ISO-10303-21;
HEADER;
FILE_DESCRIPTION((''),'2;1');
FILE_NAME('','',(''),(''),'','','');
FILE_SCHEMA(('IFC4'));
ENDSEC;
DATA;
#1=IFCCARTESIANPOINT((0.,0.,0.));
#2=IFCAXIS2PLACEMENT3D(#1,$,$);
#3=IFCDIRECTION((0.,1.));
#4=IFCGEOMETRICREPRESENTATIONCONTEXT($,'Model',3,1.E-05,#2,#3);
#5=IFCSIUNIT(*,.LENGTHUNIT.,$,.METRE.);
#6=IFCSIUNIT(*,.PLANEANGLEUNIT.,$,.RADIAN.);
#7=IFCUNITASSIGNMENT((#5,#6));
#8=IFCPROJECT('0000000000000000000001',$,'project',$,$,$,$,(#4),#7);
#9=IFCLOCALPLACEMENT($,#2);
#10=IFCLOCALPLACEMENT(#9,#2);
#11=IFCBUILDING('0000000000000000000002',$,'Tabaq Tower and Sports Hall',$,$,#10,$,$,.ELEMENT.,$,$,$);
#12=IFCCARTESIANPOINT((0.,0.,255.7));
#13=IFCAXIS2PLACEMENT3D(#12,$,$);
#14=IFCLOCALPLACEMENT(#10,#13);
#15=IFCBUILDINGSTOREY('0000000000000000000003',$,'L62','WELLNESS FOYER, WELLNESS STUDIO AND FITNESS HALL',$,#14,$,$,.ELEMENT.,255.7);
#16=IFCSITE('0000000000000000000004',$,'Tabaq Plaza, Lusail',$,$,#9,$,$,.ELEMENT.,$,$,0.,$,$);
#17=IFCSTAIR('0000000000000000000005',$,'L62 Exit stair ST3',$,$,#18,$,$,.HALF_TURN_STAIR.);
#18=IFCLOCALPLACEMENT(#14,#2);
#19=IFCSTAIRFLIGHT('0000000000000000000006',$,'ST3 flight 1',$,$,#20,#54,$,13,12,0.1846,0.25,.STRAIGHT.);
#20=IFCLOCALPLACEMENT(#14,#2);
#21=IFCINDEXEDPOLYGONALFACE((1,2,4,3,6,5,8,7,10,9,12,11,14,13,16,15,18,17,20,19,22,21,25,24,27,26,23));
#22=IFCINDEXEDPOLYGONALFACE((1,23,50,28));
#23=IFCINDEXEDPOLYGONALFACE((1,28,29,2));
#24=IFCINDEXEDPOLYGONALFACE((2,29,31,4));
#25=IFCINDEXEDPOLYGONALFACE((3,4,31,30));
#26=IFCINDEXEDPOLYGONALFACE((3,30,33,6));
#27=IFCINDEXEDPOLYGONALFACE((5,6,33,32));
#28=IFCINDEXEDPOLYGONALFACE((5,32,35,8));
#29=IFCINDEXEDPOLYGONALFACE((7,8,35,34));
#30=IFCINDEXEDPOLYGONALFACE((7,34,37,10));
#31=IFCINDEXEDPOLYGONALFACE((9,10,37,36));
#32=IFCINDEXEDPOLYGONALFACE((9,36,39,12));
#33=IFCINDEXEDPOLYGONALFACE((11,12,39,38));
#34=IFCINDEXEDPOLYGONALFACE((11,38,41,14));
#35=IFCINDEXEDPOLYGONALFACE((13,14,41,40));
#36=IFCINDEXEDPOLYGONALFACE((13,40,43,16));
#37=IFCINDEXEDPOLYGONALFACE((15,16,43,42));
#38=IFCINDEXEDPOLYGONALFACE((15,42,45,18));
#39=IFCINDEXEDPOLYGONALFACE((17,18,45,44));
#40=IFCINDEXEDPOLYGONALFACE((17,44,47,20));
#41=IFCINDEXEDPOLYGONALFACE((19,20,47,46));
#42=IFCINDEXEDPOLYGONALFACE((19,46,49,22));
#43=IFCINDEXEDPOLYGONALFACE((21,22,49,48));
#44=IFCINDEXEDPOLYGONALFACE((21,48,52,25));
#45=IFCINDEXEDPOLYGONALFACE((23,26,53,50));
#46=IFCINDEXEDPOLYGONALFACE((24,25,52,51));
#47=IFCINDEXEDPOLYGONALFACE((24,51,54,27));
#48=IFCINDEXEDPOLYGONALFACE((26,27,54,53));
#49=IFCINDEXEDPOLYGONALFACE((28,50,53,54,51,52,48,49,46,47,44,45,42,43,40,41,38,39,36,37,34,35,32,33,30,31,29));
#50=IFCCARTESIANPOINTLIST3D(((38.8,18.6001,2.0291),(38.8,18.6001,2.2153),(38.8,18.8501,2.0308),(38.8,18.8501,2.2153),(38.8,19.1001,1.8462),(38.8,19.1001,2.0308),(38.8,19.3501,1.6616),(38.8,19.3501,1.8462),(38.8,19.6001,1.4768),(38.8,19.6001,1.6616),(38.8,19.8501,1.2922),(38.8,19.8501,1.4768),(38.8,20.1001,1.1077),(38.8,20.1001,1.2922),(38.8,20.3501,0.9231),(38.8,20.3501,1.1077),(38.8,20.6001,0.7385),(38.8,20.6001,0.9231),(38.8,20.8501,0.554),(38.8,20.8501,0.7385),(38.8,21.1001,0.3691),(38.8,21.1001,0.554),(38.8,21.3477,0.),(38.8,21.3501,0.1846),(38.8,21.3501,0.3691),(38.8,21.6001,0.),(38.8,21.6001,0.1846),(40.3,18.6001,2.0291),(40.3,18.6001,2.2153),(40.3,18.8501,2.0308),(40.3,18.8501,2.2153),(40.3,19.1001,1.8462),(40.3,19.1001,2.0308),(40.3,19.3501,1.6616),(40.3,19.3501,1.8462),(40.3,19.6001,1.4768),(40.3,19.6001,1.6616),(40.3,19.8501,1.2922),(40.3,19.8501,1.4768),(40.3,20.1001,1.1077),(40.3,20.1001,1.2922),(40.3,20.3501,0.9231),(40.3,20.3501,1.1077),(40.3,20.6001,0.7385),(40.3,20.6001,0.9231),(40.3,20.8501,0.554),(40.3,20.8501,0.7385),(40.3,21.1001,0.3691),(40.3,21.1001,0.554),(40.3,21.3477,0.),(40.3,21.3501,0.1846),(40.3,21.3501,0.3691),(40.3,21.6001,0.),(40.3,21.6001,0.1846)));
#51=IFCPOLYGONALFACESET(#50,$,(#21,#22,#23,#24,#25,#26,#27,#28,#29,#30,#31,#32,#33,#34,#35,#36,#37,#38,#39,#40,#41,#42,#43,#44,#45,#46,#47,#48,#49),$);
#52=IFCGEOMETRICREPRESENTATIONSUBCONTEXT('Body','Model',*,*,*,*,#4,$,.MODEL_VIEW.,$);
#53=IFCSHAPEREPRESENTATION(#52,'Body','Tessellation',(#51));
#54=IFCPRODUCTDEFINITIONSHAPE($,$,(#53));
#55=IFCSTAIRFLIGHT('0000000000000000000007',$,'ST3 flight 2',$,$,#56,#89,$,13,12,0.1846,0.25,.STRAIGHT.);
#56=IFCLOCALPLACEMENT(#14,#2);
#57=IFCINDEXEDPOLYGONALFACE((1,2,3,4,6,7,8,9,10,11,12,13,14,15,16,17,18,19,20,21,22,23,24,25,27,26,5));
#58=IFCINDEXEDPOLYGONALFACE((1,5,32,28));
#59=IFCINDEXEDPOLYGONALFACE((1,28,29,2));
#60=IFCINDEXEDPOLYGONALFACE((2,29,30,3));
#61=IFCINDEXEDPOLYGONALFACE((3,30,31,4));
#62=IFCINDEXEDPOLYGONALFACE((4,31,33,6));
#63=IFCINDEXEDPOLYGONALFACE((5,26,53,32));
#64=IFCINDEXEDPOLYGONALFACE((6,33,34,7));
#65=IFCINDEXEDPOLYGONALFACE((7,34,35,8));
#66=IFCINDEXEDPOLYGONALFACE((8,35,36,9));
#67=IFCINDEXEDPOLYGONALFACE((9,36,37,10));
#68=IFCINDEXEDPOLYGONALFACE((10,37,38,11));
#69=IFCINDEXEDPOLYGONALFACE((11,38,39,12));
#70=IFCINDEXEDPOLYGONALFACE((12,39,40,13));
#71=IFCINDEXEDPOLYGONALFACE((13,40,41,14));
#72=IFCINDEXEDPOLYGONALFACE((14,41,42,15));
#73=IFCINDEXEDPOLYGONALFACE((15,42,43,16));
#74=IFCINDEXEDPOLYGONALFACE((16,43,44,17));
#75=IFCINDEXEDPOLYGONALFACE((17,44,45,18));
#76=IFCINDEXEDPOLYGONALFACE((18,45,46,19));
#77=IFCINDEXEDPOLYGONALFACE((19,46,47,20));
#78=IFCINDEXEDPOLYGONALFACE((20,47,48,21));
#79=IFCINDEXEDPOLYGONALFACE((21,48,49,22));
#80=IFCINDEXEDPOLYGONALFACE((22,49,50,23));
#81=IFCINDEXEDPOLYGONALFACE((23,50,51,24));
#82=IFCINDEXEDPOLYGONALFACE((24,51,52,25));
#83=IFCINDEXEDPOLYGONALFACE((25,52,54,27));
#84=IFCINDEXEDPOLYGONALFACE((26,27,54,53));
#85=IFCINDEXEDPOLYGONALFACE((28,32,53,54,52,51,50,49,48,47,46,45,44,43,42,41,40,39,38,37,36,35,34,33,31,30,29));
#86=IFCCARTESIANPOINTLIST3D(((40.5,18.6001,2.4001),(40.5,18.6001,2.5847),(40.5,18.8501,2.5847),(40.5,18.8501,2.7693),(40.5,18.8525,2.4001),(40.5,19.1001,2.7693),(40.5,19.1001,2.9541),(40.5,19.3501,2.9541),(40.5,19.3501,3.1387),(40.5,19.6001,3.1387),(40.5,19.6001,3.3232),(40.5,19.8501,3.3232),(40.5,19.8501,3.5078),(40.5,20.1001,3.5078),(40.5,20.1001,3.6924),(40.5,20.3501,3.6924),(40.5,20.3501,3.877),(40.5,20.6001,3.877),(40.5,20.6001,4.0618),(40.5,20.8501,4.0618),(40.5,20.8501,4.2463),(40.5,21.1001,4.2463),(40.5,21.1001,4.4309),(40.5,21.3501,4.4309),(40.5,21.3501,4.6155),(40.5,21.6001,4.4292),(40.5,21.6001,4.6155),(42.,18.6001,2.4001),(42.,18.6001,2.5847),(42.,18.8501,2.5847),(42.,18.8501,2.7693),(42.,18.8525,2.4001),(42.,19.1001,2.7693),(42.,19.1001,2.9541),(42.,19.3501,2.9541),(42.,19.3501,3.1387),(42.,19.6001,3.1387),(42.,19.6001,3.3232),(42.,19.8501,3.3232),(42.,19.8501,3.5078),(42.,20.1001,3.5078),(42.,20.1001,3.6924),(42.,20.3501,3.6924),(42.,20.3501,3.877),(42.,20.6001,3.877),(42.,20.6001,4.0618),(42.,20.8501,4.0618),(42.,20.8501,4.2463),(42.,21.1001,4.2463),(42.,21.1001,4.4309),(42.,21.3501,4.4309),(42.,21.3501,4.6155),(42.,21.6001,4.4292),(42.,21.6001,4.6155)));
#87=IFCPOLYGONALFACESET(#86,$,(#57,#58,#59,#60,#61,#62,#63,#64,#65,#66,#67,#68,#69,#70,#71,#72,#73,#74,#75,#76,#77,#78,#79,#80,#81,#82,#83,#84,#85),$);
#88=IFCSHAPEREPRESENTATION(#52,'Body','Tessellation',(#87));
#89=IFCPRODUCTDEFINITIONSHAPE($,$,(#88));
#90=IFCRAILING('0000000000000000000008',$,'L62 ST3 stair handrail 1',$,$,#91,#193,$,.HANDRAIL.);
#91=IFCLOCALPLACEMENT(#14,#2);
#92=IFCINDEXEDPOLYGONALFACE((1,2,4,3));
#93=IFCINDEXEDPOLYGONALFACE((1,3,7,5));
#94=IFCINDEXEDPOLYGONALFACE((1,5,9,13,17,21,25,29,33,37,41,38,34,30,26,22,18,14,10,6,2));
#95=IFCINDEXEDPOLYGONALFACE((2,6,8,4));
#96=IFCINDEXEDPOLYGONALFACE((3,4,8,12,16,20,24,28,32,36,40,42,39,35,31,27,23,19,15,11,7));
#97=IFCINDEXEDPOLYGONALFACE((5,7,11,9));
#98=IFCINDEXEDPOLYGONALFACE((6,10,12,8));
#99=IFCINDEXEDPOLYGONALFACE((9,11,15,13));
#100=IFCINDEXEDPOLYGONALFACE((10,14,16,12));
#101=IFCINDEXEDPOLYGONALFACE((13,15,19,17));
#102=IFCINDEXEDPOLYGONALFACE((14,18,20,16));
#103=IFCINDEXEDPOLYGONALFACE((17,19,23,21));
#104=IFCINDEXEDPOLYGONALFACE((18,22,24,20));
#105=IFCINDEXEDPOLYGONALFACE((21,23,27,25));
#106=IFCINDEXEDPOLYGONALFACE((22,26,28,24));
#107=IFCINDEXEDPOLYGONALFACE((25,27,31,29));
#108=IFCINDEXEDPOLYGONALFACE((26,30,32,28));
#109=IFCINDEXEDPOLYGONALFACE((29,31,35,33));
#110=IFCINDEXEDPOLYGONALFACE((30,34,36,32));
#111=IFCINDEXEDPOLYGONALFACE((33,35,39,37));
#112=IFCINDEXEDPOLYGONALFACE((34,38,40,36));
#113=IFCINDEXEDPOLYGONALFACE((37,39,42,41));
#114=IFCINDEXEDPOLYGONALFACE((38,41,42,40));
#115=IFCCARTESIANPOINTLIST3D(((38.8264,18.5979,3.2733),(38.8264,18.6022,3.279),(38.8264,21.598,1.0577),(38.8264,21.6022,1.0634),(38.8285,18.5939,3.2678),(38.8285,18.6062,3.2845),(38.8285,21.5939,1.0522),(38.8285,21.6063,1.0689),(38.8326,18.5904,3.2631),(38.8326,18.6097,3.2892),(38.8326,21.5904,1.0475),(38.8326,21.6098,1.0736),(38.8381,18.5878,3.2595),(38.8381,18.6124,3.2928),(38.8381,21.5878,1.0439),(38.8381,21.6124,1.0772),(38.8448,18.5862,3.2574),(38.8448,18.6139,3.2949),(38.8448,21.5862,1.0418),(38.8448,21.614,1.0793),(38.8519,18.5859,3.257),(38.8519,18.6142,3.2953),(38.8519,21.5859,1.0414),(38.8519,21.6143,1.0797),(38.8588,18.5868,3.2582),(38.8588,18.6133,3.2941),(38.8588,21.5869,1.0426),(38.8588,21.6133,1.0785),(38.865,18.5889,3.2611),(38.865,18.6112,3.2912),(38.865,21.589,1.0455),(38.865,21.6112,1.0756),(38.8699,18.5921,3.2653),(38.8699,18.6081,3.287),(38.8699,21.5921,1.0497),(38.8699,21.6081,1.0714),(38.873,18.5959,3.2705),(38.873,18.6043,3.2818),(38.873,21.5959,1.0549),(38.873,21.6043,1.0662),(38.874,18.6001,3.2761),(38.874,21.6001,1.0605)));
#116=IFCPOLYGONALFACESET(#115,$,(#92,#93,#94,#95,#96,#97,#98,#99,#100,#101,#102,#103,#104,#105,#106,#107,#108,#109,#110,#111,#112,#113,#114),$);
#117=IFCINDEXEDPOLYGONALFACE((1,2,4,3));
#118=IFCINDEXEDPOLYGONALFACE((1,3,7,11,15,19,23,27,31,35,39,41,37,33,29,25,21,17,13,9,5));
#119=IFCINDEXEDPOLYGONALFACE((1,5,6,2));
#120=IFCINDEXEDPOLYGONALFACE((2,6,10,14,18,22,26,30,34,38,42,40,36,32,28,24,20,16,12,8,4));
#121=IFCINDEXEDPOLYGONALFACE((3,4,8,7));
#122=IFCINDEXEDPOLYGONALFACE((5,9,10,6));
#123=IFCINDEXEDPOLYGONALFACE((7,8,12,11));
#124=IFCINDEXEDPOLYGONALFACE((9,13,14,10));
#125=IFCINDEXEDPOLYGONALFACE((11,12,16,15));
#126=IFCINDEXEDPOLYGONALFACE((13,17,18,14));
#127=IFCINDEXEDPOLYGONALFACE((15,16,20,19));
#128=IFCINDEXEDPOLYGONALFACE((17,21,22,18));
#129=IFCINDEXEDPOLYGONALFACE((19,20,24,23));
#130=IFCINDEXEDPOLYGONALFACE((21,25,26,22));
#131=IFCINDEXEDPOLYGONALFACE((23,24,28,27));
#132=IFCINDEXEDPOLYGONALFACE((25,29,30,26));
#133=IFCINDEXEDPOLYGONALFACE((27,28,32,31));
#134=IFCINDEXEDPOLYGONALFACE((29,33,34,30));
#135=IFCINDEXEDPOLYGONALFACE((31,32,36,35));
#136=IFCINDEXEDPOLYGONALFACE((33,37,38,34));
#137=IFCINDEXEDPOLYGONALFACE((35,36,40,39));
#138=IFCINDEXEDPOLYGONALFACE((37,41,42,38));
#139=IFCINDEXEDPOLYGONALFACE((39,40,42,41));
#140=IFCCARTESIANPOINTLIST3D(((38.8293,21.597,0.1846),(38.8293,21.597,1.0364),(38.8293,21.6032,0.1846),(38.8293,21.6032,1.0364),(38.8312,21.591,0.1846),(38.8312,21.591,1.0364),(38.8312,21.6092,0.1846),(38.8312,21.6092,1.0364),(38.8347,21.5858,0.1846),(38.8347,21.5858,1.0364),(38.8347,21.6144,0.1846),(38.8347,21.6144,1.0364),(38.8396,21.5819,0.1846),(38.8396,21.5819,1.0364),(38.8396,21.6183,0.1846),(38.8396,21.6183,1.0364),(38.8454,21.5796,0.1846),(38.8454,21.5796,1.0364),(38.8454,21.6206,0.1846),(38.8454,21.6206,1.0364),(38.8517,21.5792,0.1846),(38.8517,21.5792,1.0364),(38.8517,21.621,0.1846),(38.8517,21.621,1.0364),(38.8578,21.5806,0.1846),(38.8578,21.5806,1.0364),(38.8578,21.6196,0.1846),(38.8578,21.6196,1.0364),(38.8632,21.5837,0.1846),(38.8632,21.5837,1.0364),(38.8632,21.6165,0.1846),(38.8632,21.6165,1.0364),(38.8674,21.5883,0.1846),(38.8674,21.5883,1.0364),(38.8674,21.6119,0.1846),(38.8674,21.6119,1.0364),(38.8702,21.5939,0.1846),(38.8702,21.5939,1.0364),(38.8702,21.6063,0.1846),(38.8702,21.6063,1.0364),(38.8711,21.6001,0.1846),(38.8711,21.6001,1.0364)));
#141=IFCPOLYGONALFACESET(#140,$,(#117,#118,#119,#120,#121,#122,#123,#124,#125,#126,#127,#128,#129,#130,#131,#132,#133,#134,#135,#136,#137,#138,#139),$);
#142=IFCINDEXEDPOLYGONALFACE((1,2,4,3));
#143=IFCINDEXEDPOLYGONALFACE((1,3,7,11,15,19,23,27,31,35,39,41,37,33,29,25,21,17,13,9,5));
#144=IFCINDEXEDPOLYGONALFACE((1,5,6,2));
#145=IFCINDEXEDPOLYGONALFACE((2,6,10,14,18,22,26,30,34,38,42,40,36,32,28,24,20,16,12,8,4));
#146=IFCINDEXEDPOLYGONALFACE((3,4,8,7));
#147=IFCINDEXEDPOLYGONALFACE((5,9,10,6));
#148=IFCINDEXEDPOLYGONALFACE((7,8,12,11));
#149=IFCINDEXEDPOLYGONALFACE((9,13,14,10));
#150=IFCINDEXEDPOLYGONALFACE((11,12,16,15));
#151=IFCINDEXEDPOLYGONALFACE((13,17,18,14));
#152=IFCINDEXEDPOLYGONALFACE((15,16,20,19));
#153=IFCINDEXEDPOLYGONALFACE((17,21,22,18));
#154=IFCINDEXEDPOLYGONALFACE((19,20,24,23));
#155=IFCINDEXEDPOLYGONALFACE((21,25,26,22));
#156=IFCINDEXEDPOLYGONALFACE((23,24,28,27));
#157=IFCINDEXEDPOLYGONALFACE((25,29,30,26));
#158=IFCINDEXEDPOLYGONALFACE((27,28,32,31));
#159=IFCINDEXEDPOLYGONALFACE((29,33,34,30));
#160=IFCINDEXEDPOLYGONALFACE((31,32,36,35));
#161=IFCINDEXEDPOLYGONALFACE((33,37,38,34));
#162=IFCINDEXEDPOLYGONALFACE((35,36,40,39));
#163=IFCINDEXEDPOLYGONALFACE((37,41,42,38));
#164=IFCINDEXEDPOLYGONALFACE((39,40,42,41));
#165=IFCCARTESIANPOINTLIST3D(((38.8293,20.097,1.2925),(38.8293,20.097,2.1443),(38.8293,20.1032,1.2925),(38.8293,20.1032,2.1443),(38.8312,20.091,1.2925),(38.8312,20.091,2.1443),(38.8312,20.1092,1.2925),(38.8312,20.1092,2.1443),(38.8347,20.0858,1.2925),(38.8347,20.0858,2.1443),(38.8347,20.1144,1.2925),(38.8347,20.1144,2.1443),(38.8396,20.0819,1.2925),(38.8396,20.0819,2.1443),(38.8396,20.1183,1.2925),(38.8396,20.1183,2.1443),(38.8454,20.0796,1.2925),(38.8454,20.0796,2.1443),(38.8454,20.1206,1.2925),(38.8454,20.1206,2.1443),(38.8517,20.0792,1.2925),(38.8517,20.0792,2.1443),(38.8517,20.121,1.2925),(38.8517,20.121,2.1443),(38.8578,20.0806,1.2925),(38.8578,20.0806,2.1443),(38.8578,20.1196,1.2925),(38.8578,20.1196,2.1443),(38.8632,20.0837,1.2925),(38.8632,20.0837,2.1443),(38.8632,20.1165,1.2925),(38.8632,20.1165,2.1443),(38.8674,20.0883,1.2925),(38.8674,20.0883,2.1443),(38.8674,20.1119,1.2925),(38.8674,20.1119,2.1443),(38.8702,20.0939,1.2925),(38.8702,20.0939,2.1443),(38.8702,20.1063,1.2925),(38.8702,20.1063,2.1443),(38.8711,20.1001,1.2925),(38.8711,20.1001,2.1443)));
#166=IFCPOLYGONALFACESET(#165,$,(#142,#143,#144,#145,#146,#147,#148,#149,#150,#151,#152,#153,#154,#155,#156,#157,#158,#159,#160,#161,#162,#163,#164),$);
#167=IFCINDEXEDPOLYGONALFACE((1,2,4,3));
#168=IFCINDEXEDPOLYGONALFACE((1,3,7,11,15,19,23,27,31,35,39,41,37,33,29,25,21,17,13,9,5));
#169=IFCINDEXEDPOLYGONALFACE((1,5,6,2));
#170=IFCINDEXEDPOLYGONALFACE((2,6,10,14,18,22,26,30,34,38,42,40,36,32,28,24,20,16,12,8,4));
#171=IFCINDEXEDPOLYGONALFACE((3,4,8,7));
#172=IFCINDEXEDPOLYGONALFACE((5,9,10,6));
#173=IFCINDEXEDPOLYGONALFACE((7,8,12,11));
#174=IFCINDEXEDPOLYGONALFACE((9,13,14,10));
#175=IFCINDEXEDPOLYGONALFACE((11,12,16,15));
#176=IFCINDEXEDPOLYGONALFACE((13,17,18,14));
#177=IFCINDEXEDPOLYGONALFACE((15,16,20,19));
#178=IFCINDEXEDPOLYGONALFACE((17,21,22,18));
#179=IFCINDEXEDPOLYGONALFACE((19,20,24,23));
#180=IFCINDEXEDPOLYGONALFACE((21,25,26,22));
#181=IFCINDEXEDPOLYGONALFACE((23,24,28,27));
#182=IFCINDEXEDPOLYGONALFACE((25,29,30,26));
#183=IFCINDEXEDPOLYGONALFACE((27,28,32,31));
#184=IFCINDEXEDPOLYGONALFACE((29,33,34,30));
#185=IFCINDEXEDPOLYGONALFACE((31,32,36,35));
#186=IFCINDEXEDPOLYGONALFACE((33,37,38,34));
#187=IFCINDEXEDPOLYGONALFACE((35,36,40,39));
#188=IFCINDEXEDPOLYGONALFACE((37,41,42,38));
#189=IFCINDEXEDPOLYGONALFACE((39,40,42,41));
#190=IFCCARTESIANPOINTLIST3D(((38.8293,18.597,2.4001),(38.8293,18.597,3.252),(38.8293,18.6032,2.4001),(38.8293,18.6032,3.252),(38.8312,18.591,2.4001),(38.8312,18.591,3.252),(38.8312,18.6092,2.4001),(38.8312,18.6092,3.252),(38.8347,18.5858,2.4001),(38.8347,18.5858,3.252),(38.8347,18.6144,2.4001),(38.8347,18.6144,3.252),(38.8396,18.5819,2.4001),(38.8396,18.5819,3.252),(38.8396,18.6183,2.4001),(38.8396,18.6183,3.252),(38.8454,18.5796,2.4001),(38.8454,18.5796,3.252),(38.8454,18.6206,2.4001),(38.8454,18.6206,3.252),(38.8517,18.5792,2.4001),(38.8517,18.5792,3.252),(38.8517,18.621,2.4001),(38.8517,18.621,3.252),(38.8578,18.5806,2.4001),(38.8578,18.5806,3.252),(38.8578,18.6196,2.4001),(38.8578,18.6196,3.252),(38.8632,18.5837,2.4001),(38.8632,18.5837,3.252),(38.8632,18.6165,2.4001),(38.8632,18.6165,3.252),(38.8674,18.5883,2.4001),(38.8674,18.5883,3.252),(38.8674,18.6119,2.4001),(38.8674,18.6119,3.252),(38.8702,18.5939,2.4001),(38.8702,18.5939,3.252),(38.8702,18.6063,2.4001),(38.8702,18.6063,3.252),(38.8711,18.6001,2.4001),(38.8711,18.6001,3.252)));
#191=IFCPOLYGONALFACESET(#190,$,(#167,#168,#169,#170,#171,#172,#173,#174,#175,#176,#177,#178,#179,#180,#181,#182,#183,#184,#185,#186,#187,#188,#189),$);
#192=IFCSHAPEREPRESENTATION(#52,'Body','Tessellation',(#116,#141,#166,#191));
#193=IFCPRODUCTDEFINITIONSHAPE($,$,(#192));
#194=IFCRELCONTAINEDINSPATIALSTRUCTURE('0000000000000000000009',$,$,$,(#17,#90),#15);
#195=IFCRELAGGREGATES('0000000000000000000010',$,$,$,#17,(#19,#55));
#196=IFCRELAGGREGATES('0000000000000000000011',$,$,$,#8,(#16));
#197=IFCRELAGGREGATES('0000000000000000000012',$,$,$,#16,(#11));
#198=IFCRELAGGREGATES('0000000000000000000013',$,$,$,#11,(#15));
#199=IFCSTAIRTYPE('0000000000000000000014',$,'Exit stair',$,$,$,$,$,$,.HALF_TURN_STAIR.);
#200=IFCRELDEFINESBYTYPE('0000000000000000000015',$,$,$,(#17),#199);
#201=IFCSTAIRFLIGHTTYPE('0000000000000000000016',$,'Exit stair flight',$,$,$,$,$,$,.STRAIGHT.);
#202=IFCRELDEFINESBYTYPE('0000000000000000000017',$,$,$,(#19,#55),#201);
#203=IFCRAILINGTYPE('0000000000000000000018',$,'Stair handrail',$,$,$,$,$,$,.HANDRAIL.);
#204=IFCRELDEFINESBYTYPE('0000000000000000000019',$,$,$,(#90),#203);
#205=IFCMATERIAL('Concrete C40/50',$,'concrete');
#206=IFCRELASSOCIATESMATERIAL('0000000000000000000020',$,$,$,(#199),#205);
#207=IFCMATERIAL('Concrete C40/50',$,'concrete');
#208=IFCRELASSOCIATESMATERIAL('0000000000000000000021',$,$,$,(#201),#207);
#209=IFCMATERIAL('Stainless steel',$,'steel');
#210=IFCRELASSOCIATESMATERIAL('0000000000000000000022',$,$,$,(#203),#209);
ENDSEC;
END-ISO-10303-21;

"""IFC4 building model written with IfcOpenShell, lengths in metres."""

from ifc_helpers import new_model, si_unit, direction, frame, origin, origin_2d, place, context, subcontext, project, spatial, polyline, circle, outline, extrude, material, type_object, element, aggregate, save


model = new_model("IFC4")

# Units and contexts
model_context = context("Model", 3, precision=1e-05, world=origin(), true_north=direction((0.0, 1.0)))
body_context = subcontext(model_context, "Body", "Model", "MODEL_VIEW")
ifc_project = project(units=[si_unit("LENGTHUNIT", "METRE"), si_unit("PLANEANGLEUNIT", "RADIAN")], contexts=[model_context])

# Site, building, storey
site_placement = place(None, origin())
site = spatial("IfcSite", under=ifc_project, at=site_placement, Name="Tabaq Plaza, Lusail", CompositionType="ELEMENT", RefElevation=0.0)
building_placement = place(site_placement, origin())
building = spatial("IfcBuilding", under=site, at=building_placement, Name="Tabaq Tower and Sports Hall", CompositionType="ELEMENT")
storey_placement = place(building_placement, frame((0.0, 0.0, 255.7)))
storey = spatial("IfcBuildingStorey", under=building, at=storey_placement, Name="L62", Description="WELLNESS FOYER, WELLNESS STUDIO AND FITNESS HALL", CompositionType="ELEMENT", Elevation=255.7)

# Stair, stair flights
ifc_material_1 = material(Name="Concrete C40/50", Category="concrete")
stair_type = type_object("IfcStairType", Name="Exit stair", PredefinedType="HALF_TURN_STAIR", material=ifc_material_1)
stair_placement = place(storey_placement, origin())
stair = element("IfcStair", 1, at=stair_placement, inside=storey, type_object=stair_type, Name="L62 Exit stair ST3", PredefinedType="HALF_TURN_STAIR")
ifc_material_2 = material(Name="Concrete C40/50", Category="concrete")
stair_flight_type = type_object("IfcStairFlightType", Name="Exit stair flight", PredefinedType="STRAIGHT", material=ifc_material_2)
stair_flight_1_placement = place(storey_placement, frame((39.55, 21.6001, 0.0), z_axis=(0.0, 0.0, 1.0), x_axis=(0.0, -1.0, 0.0)))
stair_flight_1 = element("IfcStairFlight", 2, at=stair_flight_1_placement, type_object=stair_flight_type, Name="ST3 flight 1", NumberOfRisers=13, NumberOfTreads=12, PredefinedType="STRAIGHT", RiserHeight=0.1846, TreadLength=0.25, context=body_context, shape_type="SweptSolid", body=[
    extrude(outline(polyline([(0.0, 0.0), (0.0, 0.1846), (0.25, 0.1846), (0.25, 0.3691), (0.5, 0.3691), (0.5, 0.554), (0.75, 0.554), (0.75, 0.7385), (1.0, 0.7385), (1.0, 0.9231), (1.25, 0.9231), (1.25, 1.1077), (1.5, 1.1077), (1.5, 1.2922), (1.75, 1.2922), (1.75, 1.4768), (2.0, 1.4768), (2.0, 1.6616), (2.25, 1.6616), (2.25, 1.8462), (2.5, 1.8462), (2.5, 2.0308), (2.75, 2.0308), (2.75, 2.2153), (3.0, 2.2153), (3.0, 2.3999), (3.0, 2.0291), (0.2524, 0.0), (0.0, 0.0)])), frame((0.0, 0.75, 0.0), z_axis=(0.0, -1.0, 0.0), x_axis=(1.0, 0.0, 0.0)), (0.0, 0.0, 1.0), 1.5),
])
stair_flight_2_placement = place(storey_placement, frame((41.25, 18.6001, 2.4001), z_axis=(0.0, 0.0, 1.0), x_axis=(0.0, 1.0, 0.0)))
stair_flight_2 = element("IfcStairFlight", 3, at=stair_flight_2_placement, type_object=stair_flight_type, Name="ST3 flight 2", NumberOfRisers=13, NumberOfTreads=12, PredefinedType="STRAIGHT", RiserHeight=0.1846, TreadLength=0.25, context=body_context, shape_type="SweptSolid", body=[
    extrude(outline(polyline([(0.0, 0.0), (0.0, 0.1846), (0.25, 0.1846), (0.25, 0.3691), (0.5, 0.3691), (0.5, 0.554), (0.75, 0.554), (0.75, 0.7385), (1.0, 0.7385), (1.0, 0.9231), (1.25, 0.9231), (1.25, 1.1077), (1.5, 1.1077), (1.5, 1.2922), (1.75, 1.2922), (1.75, 1.4768), (2.0, 1.4768), (2.0, 1.6616), (2.25, 1.6616), (2.25, 1.8462), (2.5, 1.8462), (2.5, 2.0308), (2.75, 2.0308), (2.75, 2.2153), (3.0, 2.2153), (3.0, 2.3999), (3.0, 2.0291), (0.2524, 0.0), (0.0, 0.0)])), frame((0.0, 0.75, 0.0), z_axis=(0.0, -1.0, 0.0), x_axis=(1.0, 0.0, 0.0)), (0.0, 0.0, 1.0), 1.5),
])
aggregate(stair, [stair_flight_1, stair_flight_2])

# Railing
ifc_material_3 = material(Name="Stainless steel", Category="steel")
railing_type_1 = type_object("IfcRailingType", Name="Stair handrail", PredefinedType="HANDRAIL", material=ifc_material_3)
railing_1_placement = place(storey_placement, frame((38.8501, 21.6001, 0.1846)))
element("IfcRailing", 4, at=railing_1_placement, inside=storey, type_object=railing_type_1, Name="L62 ST3 stair handrail 1", PredefinedType="HANDRAIL", context=body_context, shape_type="SweptSolid", body=[
    extrude(circle(Radius=0.0239, at=origin_2d()), frame((0.0, 0.0, 0.876), z_axis=(0.0, -0.804409, 0.594076), x_axis=(1.0, 0.0, 0.0)), (0.0, 0.0, 1.0), 3.7295),
    extrude(circle(Radius=0.021, at=origin_2d()), origin(), (0.0, 0.0, 1.0), 0.8518),
    extrude(circle(Radius=0.021, at=origin_2d()), frame((0.0, -1.5, 1.1079)), (0.0, 0.0, 1.0), 0.8518),
    extrude(circle(Radius=0.021, at=origin_2d()), frame((0.0, -3.0, 2.2156)), (0.0, 0.0, 1.0), 0.8518),
])

save(model, "model.ifc")
